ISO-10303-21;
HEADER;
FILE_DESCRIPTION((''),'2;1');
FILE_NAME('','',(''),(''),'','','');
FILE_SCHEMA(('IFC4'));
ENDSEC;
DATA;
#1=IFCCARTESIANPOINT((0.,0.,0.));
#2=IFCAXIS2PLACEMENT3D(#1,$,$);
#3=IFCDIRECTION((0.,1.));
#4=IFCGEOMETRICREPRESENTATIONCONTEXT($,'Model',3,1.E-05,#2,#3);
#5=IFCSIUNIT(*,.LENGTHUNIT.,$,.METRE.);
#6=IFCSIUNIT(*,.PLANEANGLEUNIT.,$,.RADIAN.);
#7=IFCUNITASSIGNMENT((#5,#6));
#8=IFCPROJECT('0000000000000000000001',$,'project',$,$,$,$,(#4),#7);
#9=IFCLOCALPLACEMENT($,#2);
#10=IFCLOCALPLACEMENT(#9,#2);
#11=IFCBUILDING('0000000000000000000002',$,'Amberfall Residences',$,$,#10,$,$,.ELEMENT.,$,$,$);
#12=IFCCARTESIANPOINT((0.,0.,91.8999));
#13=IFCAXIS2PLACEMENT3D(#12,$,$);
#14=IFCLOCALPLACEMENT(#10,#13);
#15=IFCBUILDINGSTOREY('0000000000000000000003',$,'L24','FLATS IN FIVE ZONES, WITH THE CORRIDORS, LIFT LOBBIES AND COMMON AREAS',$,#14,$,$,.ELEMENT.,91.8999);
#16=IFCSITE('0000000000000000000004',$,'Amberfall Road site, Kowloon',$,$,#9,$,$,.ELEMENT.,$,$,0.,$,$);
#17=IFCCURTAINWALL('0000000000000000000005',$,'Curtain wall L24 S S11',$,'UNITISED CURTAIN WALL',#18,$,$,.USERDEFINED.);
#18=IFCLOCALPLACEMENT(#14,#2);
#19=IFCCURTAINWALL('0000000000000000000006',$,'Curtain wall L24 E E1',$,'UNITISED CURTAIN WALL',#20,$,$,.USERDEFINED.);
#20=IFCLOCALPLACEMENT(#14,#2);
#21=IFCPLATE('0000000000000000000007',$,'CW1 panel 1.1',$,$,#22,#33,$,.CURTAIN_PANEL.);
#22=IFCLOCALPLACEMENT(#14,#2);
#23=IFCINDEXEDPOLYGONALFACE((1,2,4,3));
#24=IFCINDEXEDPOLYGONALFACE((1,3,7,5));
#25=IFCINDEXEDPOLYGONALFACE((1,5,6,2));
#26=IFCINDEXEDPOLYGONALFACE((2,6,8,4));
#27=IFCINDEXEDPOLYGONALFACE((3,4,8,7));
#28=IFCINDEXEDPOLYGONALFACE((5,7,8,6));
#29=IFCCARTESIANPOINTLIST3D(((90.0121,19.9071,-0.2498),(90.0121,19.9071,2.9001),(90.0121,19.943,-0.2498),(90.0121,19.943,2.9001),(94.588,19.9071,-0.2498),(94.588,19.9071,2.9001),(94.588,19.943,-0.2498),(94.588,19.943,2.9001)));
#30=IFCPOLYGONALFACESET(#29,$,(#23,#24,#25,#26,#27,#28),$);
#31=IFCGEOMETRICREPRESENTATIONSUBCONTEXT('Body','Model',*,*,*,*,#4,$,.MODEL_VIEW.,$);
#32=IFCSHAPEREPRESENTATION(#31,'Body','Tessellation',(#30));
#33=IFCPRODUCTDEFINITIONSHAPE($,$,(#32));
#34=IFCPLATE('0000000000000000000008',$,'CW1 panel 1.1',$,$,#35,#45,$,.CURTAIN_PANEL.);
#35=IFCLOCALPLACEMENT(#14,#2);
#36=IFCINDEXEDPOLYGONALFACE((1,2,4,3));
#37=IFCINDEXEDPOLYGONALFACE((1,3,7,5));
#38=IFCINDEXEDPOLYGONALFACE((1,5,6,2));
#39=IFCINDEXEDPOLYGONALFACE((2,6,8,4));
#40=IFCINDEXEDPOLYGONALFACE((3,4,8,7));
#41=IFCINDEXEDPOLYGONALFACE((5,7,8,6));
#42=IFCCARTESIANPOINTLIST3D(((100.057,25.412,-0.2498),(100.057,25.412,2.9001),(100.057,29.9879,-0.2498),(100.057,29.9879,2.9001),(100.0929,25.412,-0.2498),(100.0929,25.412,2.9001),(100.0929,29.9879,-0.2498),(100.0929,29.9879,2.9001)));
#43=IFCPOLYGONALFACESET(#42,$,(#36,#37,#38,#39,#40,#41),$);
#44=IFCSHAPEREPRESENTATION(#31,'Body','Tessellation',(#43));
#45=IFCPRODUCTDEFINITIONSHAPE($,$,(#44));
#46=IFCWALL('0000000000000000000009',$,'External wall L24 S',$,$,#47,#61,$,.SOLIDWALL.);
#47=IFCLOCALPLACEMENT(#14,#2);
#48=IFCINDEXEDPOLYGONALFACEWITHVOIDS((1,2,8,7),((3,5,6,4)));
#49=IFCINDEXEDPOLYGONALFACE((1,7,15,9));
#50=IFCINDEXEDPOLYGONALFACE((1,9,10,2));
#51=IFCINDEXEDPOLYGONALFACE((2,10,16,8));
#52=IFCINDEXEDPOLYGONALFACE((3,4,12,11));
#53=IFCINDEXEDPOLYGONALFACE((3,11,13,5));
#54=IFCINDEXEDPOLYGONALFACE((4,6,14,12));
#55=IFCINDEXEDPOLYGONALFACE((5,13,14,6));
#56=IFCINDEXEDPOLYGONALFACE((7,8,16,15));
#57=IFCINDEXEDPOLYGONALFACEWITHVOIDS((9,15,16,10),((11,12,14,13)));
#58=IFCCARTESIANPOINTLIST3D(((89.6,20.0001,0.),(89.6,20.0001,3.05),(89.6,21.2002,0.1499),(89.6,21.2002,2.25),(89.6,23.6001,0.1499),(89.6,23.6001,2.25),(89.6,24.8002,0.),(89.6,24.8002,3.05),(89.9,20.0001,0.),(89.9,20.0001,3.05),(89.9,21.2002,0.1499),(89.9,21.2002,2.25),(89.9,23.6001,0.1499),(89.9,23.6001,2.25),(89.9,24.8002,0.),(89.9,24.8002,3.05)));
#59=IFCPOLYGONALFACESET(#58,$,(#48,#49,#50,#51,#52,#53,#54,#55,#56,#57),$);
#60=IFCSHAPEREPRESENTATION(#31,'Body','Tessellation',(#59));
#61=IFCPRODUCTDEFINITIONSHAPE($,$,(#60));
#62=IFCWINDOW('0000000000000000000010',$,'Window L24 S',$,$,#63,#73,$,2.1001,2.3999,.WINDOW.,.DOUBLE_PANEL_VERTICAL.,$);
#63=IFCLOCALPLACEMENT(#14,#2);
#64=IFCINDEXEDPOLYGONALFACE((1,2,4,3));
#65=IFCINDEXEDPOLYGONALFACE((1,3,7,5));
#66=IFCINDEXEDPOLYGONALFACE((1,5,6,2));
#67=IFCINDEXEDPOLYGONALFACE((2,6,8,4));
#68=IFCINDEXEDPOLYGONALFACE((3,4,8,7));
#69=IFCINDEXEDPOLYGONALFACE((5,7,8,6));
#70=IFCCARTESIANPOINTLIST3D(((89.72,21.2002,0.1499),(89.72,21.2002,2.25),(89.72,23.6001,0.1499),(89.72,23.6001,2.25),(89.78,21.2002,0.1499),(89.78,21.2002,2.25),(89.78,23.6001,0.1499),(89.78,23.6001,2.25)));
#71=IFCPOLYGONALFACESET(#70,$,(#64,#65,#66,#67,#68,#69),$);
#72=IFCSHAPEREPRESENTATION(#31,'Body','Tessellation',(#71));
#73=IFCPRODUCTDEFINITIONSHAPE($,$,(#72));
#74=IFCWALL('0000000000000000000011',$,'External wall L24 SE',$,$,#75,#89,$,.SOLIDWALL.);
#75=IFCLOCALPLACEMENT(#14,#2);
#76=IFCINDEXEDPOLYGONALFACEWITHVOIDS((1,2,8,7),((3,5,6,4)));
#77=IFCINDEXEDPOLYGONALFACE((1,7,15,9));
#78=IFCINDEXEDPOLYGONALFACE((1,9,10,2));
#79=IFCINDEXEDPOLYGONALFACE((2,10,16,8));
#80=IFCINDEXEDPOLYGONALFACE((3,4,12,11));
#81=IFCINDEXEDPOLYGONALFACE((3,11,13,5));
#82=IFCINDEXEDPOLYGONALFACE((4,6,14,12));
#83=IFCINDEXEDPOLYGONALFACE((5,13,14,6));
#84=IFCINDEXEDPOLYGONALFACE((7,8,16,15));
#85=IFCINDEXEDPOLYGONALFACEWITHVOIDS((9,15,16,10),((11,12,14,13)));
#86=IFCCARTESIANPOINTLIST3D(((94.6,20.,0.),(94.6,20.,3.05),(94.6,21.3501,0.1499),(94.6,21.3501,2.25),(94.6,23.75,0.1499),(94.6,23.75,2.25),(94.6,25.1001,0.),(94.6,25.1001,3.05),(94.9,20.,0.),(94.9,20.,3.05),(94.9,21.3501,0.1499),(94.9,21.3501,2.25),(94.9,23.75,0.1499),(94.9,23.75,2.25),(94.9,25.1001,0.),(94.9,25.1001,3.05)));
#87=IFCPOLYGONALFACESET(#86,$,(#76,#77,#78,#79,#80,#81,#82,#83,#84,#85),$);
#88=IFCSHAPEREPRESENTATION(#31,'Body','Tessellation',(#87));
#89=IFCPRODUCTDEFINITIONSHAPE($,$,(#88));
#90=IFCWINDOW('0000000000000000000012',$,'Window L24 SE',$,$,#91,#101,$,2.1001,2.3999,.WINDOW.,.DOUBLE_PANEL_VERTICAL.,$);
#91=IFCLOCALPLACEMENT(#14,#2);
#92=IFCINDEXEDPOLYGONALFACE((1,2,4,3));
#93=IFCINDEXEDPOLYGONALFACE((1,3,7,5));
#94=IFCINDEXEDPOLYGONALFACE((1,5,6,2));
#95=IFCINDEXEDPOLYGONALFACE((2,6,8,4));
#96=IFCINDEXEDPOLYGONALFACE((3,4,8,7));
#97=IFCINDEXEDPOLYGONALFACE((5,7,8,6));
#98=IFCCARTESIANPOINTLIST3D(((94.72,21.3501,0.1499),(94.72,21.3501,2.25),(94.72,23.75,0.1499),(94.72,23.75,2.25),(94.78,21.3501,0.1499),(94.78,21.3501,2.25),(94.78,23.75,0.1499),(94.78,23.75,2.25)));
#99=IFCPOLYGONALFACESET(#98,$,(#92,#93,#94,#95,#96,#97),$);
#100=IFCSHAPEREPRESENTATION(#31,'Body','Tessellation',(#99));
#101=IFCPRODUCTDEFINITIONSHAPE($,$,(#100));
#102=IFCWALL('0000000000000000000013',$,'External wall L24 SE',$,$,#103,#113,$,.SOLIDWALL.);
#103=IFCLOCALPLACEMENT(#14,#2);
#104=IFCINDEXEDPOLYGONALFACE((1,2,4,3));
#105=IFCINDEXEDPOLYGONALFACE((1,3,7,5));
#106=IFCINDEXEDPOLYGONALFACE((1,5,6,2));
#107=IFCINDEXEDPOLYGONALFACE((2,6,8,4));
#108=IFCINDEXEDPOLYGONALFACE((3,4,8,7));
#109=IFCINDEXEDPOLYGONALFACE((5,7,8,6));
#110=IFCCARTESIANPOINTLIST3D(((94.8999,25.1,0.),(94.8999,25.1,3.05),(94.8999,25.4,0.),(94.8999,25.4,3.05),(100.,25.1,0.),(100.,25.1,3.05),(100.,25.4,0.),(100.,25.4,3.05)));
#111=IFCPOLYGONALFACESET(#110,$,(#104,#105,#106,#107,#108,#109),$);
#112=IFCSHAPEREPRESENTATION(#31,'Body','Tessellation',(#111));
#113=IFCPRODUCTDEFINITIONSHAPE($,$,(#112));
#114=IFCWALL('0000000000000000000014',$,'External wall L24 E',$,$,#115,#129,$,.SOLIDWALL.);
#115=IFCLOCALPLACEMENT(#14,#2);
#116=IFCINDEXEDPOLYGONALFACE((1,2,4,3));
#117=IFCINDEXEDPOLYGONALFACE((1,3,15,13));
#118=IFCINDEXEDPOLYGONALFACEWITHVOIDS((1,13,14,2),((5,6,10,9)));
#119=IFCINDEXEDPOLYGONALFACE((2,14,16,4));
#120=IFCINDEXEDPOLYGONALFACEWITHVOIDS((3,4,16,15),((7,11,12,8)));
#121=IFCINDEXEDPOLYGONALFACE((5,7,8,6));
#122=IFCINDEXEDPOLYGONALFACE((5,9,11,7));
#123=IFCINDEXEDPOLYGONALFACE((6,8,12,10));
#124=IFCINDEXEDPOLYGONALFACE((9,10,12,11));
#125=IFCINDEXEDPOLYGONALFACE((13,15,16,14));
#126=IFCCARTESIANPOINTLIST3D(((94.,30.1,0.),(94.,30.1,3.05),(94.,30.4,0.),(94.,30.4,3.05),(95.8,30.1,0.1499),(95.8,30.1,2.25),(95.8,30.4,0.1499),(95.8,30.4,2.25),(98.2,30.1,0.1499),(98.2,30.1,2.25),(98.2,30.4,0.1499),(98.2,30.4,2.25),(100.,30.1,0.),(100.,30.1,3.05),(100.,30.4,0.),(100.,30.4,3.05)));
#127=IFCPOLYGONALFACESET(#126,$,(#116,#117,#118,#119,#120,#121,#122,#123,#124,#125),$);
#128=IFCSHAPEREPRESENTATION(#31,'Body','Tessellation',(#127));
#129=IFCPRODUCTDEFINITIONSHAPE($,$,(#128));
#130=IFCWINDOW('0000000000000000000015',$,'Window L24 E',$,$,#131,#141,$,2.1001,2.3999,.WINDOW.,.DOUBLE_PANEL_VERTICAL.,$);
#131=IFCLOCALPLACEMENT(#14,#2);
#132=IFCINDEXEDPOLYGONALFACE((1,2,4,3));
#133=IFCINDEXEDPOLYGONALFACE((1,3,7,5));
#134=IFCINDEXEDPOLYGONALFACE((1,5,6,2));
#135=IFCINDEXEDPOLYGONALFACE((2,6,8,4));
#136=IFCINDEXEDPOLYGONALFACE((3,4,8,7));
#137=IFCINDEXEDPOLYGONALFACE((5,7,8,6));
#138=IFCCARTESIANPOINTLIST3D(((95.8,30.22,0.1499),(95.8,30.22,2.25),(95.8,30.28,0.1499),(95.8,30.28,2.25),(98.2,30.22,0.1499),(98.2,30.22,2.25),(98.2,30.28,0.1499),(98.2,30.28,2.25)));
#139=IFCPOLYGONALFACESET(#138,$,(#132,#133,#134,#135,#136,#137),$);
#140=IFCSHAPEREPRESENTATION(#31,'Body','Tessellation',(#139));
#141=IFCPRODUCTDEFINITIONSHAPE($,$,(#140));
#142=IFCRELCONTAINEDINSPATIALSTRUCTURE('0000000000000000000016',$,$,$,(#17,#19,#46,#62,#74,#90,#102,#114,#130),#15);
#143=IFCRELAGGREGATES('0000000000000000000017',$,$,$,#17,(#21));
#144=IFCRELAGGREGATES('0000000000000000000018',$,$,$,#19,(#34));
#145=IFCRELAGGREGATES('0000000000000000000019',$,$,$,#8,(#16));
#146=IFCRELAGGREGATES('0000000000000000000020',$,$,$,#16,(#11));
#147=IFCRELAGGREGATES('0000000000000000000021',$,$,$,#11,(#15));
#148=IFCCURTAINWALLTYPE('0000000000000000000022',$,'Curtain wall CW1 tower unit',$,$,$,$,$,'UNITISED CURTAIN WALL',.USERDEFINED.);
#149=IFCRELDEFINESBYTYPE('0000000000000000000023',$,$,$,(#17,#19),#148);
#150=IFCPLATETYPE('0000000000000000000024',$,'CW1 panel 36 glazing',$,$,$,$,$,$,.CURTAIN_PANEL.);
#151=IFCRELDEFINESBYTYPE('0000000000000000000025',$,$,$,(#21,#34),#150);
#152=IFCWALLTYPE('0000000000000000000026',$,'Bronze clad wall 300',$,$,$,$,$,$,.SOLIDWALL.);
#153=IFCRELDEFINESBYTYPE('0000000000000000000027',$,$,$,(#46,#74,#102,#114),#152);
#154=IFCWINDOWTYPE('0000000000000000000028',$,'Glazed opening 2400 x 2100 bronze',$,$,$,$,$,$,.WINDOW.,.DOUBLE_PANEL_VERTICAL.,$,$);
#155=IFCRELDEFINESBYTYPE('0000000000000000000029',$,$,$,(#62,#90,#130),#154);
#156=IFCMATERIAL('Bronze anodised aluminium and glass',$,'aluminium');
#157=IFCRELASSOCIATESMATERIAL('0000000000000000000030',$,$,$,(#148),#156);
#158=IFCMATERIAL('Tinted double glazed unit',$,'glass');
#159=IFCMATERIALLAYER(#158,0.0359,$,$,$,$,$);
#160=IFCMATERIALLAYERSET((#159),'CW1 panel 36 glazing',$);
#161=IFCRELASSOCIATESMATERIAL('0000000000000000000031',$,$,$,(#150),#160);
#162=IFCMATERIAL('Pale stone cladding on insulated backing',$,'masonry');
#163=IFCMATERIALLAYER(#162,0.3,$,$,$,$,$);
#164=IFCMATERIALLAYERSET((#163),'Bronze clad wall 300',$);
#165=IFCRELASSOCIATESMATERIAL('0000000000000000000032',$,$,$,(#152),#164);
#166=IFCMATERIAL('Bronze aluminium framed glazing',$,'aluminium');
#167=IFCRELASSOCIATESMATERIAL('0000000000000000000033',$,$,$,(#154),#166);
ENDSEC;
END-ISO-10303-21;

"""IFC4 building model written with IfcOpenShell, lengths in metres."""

from ifc_helpers import new_model, si_unit, direction, frame, frame_2d, origin, origin_2d, place, context, subcontext, project, spatial, rectangle, extrude, material, layer, layer_set, type_object, element, fill, aggregate, save


model = new_model("IFC4")

# Units and contexts
model_context = context("Model", 3, precision=1e-05, world=origin(), true_north=direction((0.0, 1.0)))
body_context = subcontext(model_context, "Body", "Model", "MODEL_VIEW")
ifc_project = project(units=[si_unit("LENGTHUNIT", "METRE"), si_unit("PLANEANGLEUNIT", "RADIAN")], contexts=[model_context])

# Site, building, storey
site_placement = place(None, origin())
site = spatial("IfcSite", under=ifc_project, at=site_placement, Name="Amberfall Road site, Kowloon", CompositionType="ELEMENT", RefElevation=0.0)
building_placement = place(site_placement, origin())
building = spatial("IfcBuilding", under=site, at=building_placement, Name="Amberfall Residences", CompositionType="ELEMENT")
storey_placement = place(building_placement, frame((0.0, 0.0, 91.8999)))
storey = spatial("IfcBuildingStorey", under=building, at=storey_placement, Name="L24", Description="FLATS IN FIVE ZONES, WITH THE CORRIDORS, LIFT LOBBIES AND COMMON AREAS", CompositionType="ELEMENT", Elevation=91.8999)

# Curtain walls
ifc_material_1 = material(Name="Bronze anodised aluminium and glass", Category="aluminium")
curtain_wall_type = type_object("IfcCurtainWallType", Name="Curtain wall CW1 tower unit", ElementType="UNITISED CURTAIN WALL", PredefinedType="USERDEFINED", material=ifc_material_1)
curtain_wall_1_placement = place(storey_placement, origin())
curtain_wall_1 = element("IfcCurtainWall", 1, at=curtain_wall_1_placement, inside=storey, type_object=curtain_wall_type, Name="Curtain wall L24 S S11", ObjectType="UNITISED CURTAIN WALL", PredefinedType="USERDEFINED")
curtain_wall_2_placement = place(storey_placement, origin())
curtain_wall_2 = element("IfcCurtainWall", 2, at=curtain_wall_2_placement, inside=storey, type_object=curtain_wall_type, Name="Curtain wall L24 E E1", ObjectType="UNITISED CURTAIN WALL", PredefinedType="USERDEFINED")

# Plates
ifc_material_2 = material(Name="Tinted double glazed unit", Category="glass")
ifc_layer_1 = layer(ifc_material_2, 0.0359)
ifc_layer_set_1 = layer_set([ifc_layer_1], Name="CW1 panel 36 glazing")
plate_type = type_object("IfcPlateType", Name="CW1 panel 36 glazing", PredefinedType="CURTAIN_PANEL", material=ifc_layer_set_1)
plate_1_placement = place(storey_placement, frame((92.3, 19.925, -0.2498), z_axis=(0.0, 0.0, 1.0), x_axis=(1.0, 0.0, 0.0)))
plate_1 = element("IfcPlate", 3, at=plate_1_placement, type_object=plate_type, Name="CW1 panel 1.1", PredefinedType="CURTAIN_PANEL", context=body_context, shape_type="SweptSolid", body=[
    extrude(rectangle(XDim=4.5759, YDim=0.0359, at=origin_2d()), origin(), (0.0, 0.0, 1.0), 3.1499),
])
aggregate(curtain_wall_1, [plate_1])
plate_2_placement = place(storey_placement, frame((100.075, 27.7, -0.2498), z_axis=(0.0, 0.0, 1.0), x_axis=(0.0, 1.0, 0.0)))
plate_2 = element("IfcPlate", 4, at=plate_2_placement, type_object=plate_type, Name="CW1 panel 1.1", PredefinedType="CURTAIN_PANEL", context=body_context, shape_type="SweptSolid", body=[
    extrude(rectangle(XDim=4.5759, YDim=0.0359, at=origin_2d()), origin(), (0.0, 0.0, 1.0), 3.1499),
])
aggregate(curtain_wall_2, [plate_2])

# Walls, openings, windows
ifc_material_3 = material(Name="Pale stone cladding on insulated backing", Category="masonry")
ifc_layer_2 = layer(ifc_material_3, 0.3)
ifc_layer_set_2 = layer_set([ifc_layer_2], Name="Bronze clad wall 300")
wall_type_1 = type_object("IfcWallType", Name="Bronze clad wall 300", PredefinedType="SOLIDWALL", material=ifc_layer_set_2)
wall_1_placement = place(storey_placement, frame((89.75, 24.8, 0.0), z_axis=(0.0, 0.0, 1.0), x_axis=(0.0, -1.0, 0.0)))
wall_1 = element("IfcWall", 5, at=wall_1_placement, inside=storey, type_object=wall_type_1, Name="External wall L24 S", PredefinedType="SOLIDWALL", context=body_context, shape_type="SweptSolid", body=[
    extrude(rectangle(XDim=4.8, YDim=0.3, at=frame_2d((2.3999, 0.0))), origin(), (0.0, 0.0, 1.0), 3.05),
])
opening_1_placement = place(wall_1_placement, frame((1.2, 0.0, 0.1499)))
opening_1 = element("IfcOpeningElement", 6, at=opening_1_placement, cuts=wall_1, PredefinedType="OPENING", context=body_context, shape_type="SweptSolid", body=[
    extrude(rectangle(XDim=2.3999, YDim=2.1001, at=frame_2d((1.2, 1.05))), frame((0.0, 0.1599, 0.0), z_axis=(0.0, -1.0, 0.0), x_axis=(1.0, 0.0, 0.0)), (0.0, 0.0, 1.0), 0.3201),
])
ifc_material_4 = material(Name="Bronze aluminium framed glazing", Category="aluminium")
window_type_1 = type_object("IfcWindowType", Name="Glazed opening 2400 x 2100 bronze", PartitioningType="DOUBLE_PANEL_VERTICAL", PredefinedType="WINDOW", material=ifc_material_4)
window_1_placement = place(opening_1_placement, origin())
window_1 = element("IfcWindow", 7, at=window_1_placement, inside=storey, type_object=window_type_1, Name="Window L24 S", OverallHeight=2.1001, OverallWidth=2.3999, PartitioningType="DOUBLE_PANEL_VERTICAL", PredefinedType="WINDOW", context=body_context, shape_type="SweptSolid", body=[
    extrude(rectangle(XDim=2.3999, YDim=2.1001, at=frame_2d((1.2, 1.05))), frame((0.0, 0.03, 0.0), z_axis=(0.0, -1.0, 0.0), x_axis=(1.0, 0.0, 0.0)), (0.0, 0.0, 1.0), 0.0601),
])
fill(opening_1, window_1)
wall_2_placement = place(storey_placement, frame((94.75, 20.0, 0.0), z_axis=(0.0, 0.0, 1.0), x_axis=(0.0, 1.0, 0.0)))
wall_2 = element("IfcWall", 8, at=wall_2_placement, inside=storey, type_object=wall_type_1, Name="External wall L24 SE", PredefinedType="SOLIDWALL", context=body_context, shape_type="SweptSolid", body=[
    extrude(rectangle(XDim=5.1001, YDim=0.3, at=frame_2d((2.55, 0.0))), origin(), (0.0, 0.0, 1.0), 3.05),
])
opening_2_placement = place(wall_2_placement, frame((1.3501, 0.0, 0.1499)))
opening_2 = element("IfcOpeningElement", 9, at=opening_2_placement, cuts=wall_2, PredefinedType="OPENING", context=body_context, shape_type="SweptSolid", body=[
    extrude(rectangle(XDim=2.3999, YDim=2.1001, at=frame_2d((1.2, 1.05))), frame((0.0, 0.1599, 0.0), z_axis=(0.0, -1.0, 0.0), x_axis=(1.0, 0.0, 0.0)), (0.0, 0.0, 1.0), 0.3201),
])
window_2_placement = place(opening_2_placement, origin())
window_2 = element("IfcWindow", 10, at=window_2_placement, inside=storey, type_object=window_type_1, Name="Window L24 SE", OverallHeight=2.1001, OverallWidth=2.3999, PartitioningType="DOUBLE_PANEL_VERTICAL", PredefinedType="WINDOW", context=body_context, shape_type="SweptSolid", body=[
    extrude(rectangle(XDim=2.3999, YDim=2.1001, at=frame_2d((1.2, 1.05))), frame((0.0, 0.03, 0.0), z_axis=(0.0, -1.0, 0.0), x_axis=(1.0, 0.0, 0.0)), (0.0, 0.0, 1.0), 0.0601),
])
fill(opening_2, window_2)

# Wall
wall_3_placement = place(storey_placement, frame((94.8999, 25.25, 0.0), z_axis=(0.0, 0.0, 1.0), x_axis=(1.0, 0.0, 0.0)))
element("IfcWall", 11, at=wall_3_placement, inside=storey, type_object=wall_type_1, Name="External wall L24 SE", PredefinedType="SOLIDWALL", context=body_context, shape_type="SweptSolid", body=[
    extrude(rectangle(XDim=5.1001, YDim=0.3, at=frame_2d((2.55, 0.0))), origin(), (0.0, 0.0, 1.0), 3.05),
])

# Wall, opening, window
wall_4_placement = place(storey_placement, frame((100.0, 30.25, 0.0), z_axis=(0.0, 0.0, 1.0), x_axis=(-1.0, 0.0, 0.0)))
wall_4 = element("IfcWall", 12, at=wall_4_placement, inside=storey, type_object=wall_type_1, Name="External wall L24 E", PredefinedType="SOLIDWALL", context=body_context, shape_type="SweptSolid", body=[
    extrude(rectangle(XDim=6.0, YDim=0.3, at=frame_2d((3.0, 0.0))), origin(), (0.0, 0.0, 1.0), 3.05),
])
opening_3_placement = place(wall_4_placement, frame((1.8, 0.0, 0.1499)))
opening_3 = element("IfcOpeningElement", 13, at=opening_3_placement, cuts=wall_4, PredefinedType="OPENING", context=body_context, shape_type="SweptSolid", body=[
    extrude(rectangle(XDim=2.3999, YDim=2.1001, at=frame_2d((1.2, 1.05))), frame((0.0, 0.1599, 0.0), z_axis=(0.0, -1.0, 0.0), x_axis=(1.0, 0.0, 0.0)), (0.0, 0.0, 1.0), 0.3201),
])
window_3_placement = place(opening_3_placement, origin())
window_3 = element("IfcWindow", 14, at=window_3_placement, inside=storey, type_object=window_type_1, Name="Window L24 E", OverallHeight=2.1001, OverallWidth=2.3999, PartitioningType="DOUBLE_PANEL_VERTICAL", PredefinedType="WINDOW", context=body_context, shape_type="SweptSolid", body=[
    extrude(rectangle(XDim=2.3999, YDim=2.1001, at=frame_2d((1.2, 1.05))), frame((0.0, 0.03, 0.0), z_axis=(0.0, -1.0, 0.0), x_axis=(1.0, 0.0, 0.0)), (0.0, 0.0, 1.0), 0.0601),
])
fill(opening_3, window_3)

save(model, "model.ifc")
